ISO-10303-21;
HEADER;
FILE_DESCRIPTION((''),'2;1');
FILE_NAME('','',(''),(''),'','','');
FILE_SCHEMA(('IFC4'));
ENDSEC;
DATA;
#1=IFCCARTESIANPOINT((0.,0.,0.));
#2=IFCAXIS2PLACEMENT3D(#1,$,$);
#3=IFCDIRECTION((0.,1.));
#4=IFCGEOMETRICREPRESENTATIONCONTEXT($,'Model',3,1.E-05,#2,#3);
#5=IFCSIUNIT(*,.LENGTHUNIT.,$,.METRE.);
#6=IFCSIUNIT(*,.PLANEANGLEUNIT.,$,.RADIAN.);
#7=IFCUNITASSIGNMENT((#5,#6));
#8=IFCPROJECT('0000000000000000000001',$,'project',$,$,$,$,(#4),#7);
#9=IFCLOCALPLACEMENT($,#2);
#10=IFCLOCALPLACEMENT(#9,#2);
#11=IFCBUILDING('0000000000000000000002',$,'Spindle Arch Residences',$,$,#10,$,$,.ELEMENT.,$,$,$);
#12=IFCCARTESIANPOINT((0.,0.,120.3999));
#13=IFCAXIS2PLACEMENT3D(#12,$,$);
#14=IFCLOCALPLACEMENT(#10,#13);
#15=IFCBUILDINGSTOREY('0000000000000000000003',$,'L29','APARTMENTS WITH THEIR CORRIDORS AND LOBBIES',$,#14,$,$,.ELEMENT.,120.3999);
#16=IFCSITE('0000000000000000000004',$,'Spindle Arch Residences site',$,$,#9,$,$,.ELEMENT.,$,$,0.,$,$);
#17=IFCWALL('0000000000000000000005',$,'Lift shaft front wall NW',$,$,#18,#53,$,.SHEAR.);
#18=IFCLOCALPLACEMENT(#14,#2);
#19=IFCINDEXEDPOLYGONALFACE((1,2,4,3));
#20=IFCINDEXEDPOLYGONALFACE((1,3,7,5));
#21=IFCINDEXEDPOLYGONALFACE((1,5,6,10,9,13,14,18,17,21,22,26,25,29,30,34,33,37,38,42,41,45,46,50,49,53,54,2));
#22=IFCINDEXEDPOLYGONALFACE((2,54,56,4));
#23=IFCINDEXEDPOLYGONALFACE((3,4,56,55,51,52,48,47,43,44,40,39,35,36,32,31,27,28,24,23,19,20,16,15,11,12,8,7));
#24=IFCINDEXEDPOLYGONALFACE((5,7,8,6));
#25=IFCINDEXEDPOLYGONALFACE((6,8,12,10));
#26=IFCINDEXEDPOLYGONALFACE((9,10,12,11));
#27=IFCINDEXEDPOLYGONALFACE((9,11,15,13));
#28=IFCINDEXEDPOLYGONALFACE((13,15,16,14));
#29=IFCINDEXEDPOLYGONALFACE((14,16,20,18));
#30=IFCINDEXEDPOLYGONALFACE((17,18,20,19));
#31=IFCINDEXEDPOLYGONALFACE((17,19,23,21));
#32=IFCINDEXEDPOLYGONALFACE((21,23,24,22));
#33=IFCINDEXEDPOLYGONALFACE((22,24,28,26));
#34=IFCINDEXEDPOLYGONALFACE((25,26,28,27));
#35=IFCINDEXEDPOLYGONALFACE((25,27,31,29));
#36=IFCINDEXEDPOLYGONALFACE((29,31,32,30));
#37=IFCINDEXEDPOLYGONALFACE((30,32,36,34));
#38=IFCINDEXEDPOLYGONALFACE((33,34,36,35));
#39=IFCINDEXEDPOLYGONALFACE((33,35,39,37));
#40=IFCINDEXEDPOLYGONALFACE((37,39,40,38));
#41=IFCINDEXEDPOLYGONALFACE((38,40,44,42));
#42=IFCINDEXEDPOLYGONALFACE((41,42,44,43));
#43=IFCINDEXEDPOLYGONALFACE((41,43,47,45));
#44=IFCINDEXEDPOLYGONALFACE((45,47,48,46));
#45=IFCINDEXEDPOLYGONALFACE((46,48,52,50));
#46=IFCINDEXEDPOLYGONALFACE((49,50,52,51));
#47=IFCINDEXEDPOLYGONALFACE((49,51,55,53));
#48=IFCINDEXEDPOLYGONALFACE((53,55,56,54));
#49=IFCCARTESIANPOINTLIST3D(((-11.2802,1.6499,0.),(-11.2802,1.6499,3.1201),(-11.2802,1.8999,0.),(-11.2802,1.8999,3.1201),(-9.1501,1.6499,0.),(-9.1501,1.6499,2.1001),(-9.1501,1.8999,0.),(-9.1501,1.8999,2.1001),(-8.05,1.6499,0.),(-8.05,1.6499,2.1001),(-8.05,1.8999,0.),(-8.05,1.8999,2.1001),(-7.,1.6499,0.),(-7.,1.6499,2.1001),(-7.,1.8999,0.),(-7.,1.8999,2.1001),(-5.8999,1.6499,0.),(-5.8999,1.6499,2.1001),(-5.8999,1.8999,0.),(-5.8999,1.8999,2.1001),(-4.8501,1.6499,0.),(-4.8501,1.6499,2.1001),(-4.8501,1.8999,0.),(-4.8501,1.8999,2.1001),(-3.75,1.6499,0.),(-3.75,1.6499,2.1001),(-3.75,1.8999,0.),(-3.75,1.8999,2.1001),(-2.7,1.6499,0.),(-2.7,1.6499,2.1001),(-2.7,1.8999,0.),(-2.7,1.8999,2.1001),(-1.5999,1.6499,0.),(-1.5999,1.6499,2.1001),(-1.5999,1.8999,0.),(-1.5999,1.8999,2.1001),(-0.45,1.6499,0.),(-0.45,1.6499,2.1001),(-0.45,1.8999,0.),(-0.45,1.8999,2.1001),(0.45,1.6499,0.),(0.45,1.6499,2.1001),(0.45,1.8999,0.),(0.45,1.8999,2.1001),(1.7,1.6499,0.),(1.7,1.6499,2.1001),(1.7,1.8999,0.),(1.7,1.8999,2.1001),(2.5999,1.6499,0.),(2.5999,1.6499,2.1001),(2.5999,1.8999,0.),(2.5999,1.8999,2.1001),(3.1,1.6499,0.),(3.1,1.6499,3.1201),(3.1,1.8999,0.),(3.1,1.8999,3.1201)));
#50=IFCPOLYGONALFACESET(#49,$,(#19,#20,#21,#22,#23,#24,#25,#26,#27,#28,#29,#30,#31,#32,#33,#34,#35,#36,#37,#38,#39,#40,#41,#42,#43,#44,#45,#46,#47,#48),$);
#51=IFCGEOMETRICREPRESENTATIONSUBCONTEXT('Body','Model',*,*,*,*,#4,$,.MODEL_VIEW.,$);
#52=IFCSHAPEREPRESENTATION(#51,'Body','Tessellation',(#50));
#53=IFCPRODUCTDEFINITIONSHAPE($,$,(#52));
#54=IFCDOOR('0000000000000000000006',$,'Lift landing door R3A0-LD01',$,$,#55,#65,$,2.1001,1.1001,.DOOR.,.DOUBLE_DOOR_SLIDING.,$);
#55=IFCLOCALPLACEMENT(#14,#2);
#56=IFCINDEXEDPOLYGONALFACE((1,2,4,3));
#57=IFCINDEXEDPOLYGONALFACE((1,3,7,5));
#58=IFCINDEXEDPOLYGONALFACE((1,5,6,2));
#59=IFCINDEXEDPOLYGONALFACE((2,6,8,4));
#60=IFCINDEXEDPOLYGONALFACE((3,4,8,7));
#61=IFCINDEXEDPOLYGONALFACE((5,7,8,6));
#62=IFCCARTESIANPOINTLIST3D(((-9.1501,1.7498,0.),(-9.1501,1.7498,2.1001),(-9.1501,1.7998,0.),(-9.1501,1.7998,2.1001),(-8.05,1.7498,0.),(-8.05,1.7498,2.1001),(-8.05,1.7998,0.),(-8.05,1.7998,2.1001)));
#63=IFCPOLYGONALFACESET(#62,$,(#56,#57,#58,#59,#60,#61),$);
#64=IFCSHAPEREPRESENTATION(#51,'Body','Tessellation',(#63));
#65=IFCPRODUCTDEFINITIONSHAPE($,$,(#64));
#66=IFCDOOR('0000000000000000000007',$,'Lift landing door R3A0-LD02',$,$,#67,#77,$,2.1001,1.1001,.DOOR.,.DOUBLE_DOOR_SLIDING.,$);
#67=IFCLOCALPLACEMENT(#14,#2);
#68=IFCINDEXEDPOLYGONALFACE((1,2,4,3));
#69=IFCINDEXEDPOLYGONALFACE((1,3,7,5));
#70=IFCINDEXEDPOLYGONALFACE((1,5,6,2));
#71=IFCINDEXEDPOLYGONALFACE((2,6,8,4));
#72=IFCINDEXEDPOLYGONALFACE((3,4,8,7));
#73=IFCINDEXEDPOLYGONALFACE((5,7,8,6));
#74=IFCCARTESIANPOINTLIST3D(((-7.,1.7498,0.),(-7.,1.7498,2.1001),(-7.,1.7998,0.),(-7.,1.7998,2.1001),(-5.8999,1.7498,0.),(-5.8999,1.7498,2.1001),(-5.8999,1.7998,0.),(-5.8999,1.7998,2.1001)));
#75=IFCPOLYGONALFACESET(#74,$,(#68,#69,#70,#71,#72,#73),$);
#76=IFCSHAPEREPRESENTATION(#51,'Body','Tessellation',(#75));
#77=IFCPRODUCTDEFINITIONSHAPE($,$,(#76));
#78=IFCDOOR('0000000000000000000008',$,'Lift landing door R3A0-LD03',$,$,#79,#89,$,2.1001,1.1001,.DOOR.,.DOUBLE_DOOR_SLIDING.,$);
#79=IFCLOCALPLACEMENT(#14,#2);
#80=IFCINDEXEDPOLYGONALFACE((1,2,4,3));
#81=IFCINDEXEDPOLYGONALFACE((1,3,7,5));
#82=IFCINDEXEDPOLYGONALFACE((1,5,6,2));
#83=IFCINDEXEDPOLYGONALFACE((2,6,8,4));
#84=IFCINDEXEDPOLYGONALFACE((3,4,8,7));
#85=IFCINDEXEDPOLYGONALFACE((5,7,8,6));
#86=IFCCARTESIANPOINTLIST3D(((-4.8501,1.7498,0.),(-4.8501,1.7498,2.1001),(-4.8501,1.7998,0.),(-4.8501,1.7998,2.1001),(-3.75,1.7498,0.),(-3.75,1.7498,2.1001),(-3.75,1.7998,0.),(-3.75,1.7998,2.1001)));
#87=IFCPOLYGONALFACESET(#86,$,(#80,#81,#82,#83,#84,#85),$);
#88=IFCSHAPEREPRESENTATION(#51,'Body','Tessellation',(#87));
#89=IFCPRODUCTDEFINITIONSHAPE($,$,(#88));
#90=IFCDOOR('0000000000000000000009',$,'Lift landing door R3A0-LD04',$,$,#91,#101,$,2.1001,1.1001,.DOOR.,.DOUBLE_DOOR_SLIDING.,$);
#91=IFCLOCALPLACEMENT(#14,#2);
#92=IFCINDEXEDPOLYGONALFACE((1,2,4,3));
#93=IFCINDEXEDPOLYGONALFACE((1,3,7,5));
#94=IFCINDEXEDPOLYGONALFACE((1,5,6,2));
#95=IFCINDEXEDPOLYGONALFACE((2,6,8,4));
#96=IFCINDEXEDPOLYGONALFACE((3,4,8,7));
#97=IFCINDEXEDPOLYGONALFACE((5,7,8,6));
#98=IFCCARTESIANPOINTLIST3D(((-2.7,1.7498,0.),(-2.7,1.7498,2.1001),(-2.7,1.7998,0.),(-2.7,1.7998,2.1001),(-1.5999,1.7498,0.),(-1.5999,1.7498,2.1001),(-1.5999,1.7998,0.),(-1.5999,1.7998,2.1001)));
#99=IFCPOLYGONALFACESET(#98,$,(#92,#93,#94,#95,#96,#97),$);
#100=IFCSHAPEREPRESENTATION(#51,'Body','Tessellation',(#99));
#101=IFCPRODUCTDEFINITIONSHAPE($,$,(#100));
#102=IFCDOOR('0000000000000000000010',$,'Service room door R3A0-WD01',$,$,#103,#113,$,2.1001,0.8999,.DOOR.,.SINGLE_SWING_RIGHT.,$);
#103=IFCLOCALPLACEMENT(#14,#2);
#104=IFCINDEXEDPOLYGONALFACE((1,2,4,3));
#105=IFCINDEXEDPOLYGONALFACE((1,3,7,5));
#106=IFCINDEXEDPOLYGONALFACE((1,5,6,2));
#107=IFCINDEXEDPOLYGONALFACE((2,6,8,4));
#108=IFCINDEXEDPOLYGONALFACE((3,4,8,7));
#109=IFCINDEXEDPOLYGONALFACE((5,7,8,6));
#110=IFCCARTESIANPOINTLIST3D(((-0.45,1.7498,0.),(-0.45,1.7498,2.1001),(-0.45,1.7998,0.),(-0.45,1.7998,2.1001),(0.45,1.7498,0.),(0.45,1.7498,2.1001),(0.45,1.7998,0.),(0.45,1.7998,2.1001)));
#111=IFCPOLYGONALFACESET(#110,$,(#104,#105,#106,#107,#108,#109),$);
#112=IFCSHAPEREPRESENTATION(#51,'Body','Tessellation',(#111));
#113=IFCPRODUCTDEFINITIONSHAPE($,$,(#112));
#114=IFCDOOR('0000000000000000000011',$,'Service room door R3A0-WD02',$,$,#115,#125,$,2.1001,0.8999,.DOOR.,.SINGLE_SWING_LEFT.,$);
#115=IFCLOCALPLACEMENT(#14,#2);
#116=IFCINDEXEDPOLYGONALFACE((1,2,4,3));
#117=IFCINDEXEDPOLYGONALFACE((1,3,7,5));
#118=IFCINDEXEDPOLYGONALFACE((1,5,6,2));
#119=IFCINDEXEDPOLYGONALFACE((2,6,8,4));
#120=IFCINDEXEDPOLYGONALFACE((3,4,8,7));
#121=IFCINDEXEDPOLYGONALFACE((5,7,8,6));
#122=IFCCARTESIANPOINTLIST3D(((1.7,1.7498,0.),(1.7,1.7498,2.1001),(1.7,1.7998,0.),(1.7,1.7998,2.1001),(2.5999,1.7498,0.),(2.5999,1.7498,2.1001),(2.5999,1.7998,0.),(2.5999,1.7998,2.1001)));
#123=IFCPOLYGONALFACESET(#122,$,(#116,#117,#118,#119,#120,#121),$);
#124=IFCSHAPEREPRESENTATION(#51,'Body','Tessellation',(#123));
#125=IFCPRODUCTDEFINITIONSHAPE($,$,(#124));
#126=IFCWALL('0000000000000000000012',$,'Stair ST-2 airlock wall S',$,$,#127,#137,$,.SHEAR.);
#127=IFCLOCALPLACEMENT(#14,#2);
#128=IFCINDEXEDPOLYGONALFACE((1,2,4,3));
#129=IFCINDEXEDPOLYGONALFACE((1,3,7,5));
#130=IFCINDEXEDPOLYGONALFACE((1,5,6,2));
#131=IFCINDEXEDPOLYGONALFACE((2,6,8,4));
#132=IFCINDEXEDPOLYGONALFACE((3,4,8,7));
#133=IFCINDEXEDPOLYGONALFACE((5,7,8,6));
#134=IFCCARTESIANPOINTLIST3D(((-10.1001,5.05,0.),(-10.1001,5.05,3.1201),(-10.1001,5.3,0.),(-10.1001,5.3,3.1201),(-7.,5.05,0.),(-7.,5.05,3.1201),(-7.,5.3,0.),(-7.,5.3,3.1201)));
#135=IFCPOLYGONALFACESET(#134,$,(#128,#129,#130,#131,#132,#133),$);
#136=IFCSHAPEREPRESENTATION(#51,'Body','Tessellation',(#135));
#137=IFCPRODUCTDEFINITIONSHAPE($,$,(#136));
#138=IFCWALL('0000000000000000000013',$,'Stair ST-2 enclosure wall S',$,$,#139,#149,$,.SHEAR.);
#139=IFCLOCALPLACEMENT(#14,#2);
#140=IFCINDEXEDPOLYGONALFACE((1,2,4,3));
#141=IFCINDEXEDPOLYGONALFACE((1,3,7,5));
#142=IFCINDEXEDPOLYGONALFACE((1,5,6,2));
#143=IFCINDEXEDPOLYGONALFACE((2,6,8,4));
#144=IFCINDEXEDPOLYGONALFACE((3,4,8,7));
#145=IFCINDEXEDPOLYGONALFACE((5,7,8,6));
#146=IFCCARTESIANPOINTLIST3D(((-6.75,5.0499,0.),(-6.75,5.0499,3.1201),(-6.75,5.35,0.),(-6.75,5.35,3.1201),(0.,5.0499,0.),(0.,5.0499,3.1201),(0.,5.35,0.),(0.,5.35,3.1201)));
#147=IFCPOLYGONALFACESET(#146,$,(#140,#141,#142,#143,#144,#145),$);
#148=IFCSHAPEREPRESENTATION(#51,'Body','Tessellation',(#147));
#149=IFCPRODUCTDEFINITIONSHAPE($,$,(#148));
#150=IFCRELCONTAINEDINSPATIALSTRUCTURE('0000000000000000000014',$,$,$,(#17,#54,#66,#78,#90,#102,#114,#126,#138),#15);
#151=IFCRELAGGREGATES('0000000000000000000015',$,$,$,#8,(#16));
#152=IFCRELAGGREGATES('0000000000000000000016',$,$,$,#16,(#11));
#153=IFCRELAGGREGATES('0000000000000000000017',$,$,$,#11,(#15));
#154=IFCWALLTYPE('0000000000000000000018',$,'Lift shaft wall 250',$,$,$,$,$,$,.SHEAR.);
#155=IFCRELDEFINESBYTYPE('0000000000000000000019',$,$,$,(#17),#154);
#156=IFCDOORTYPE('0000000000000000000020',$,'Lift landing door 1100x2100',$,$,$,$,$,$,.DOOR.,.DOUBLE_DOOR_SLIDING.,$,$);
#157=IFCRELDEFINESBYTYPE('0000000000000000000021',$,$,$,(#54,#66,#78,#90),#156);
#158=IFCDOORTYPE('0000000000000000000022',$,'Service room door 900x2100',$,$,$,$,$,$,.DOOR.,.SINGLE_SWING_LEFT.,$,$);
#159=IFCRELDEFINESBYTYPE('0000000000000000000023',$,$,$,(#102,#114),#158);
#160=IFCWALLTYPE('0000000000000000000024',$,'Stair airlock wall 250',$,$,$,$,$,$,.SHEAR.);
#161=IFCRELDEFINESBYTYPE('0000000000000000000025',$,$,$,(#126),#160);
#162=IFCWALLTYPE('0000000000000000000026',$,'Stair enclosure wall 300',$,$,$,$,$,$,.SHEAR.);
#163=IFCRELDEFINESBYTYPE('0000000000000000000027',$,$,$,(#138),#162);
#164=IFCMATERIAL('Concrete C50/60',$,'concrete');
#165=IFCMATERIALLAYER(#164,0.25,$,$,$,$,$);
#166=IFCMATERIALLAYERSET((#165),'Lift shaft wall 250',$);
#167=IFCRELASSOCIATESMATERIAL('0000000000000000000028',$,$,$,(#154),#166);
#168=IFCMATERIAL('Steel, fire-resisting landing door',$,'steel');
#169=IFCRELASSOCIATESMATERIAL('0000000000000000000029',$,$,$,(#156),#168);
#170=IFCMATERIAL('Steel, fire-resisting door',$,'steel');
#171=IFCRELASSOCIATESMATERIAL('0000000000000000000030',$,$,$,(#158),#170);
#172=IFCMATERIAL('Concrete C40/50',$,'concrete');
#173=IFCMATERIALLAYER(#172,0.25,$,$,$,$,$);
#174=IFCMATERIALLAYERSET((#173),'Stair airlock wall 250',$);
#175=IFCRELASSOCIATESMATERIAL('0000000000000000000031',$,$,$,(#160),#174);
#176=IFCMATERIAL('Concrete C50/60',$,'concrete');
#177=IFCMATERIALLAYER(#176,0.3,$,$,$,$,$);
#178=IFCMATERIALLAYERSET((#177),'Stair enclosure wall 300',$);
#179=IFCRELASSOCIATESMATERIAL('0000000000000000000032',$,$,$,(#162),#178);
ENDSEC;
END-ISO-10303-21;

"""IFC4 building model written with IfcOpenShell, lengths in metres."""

from ifc_helpers import new_model, si_unit, direction, frame, frame_2d, origin, place, context, subcontext, project, spatial, rectangle, extrude, material, layer, layer_set, type_object, element, fill, save


model = new_model("IFC4")

# Units and contexts
model_context = context("Model", 3, precision=1e-05, world=origin(), true_north=direction((0.0, 1.0)))
body_context = subcontext(model_context, "Body", "Model", "MODEL_VIEW")
ifc_project = project(units=[si_unit("LENGTHUNIT", "METRE"), si_unit("PLANEANGLEUNIT", "RADIAN")], contexts=[model_context])

# Site, building, storey
site_placement = place(None, origin())
site = spatial("IfcSite", under=ifc_project, at=site_placement, Name="Spindle Arch Residences site", CompositionType="ELEMENT", RefElevation=0.0)
building_placement = place(site_placement, origin())
building = spatial("IfcBuilding", under=site, at=building_placement, Name="Spindle Arch Residences", CompositionType="ELEMENT")
storey_placement = place(building_placement, frame((0.0, 0.0, 120.3999)))
storey = spatial("IfcBuildingStorey", under=building, at=storey_placement, Name="L29", Description="APARTMENTS WITH THEIR CORRIDORS AND LOBBIES", CompositionType="ELEMENT", Elevation=120.3999)

# Wall, openings, doors
ifc_material_1 = material(Name="Concrete C50/60", Category="concrete")
ifc_layer_1 = layer(ifc_material_1, 0.25)
ifc_layer_set_1 = layer_set([ifc_layer_1], Name="Lift shaft wall 250")
wall_type_1 = type_object("IfcWallType", Name="Lift shaft wall 250", PredefinedType="SHEAR", material=ifc_layer_set_1)
wall_1_placement = place(storey_placement, frame((-11.28, 1.7749, 0.0), z_axis=(0.0, 0.0, 1.0), x_axis=(1.0, 0.0, 0.0)))
wall_1 = element("IfcWall", 1, at=wall_1_placement, inside=storey, type_object=wall_type_1, Name="Lift shaft front wall NW", PredefinedType="SHEAR", context=body_context, shape_type="SweptSolid", body=[
    extrude(rectangle(XDim=14.3801, YDim=0.25, at=frame_2d((7.1899, 0.0))), origin(), (0.0, 0.0, 1.0), 3.1201),
])
opening_1_placement = place(wall_1_placement, frame((2.1299, 0.0, 0.0)))
opening_1 = element("IfcOpeningElement", 2, at=opening_1_placement, cuts=wall_1, PredefinedType="OPENING", context=body_context, shape_type="SweptSolid", body=[
    extrude(rectangle(XDim=1.1001, YDim=2.1001, at=frame_2d((0.55, 1.05))), frame((0.0, 0.135, 0.0), z_axis=(0.0, -1.0, 0.0), x_axis=(1.0, 0.0, 0.0)), (0.0, 0.0, 1.0), 0.27),
])
opening_2_placement = place(wall_1_placement, frame((4.28, 0.0, 0.0)))
opening_2 = element("IfcOpeningElement", 3, at=opening_2_placement, cuts=wall_1, PredefinedType="OPENING", context=body_context, shape_type="SweptSolid", body=[
    extrude(rectangle(XDim=1.1001, YDim=2.1001, at=frame_2d((0.55, 1.05))), frame((0.0, 0.135, 0.0), z_axis=(0.0, -1.0, 0.0), x_axis=(1.0, 0.0, 0.0)), (0.0, 0.0, 1.0), 0.27),
])
opening_3_placement = place(wall_1_placement, frame((6.4299, 0.0, 0.0)))
opening_3 = element("IfcOpeningElement", 4, at=opening_3_placement, cuts=wall_1, PredefinedType="OPENING", context=body_context, shape_type="SweptSolid", body=[
    extrude(rectangle(XDim=1.1001, YDim=2.1001, at=frame_2d((0.55, 1.05))), frame((0.0, 0.135, 0.0), z_axis=(0.0, -1.0, 0.0), x_axis=(1.0, 0.0, 0.0)), (0.0, 0.0, 1.0), 0.27),
])
opening_4_placement = place(wall_1_placement, frame((8.5801, 0.0, 0.0)))
opening_4 = element("IfcOpeningElement", 5, at=opening_4_placement, cuts=wall_1, PredefinedType="OPENING", context=body_context, shape_type="SweptSolid", body=[
    extrude(rectangle(XDim=1.1001, YDim=2.1001, at=frame_2d((0.55, 1.05))), frame((0.0, 0.135, 0.0), z_axis=(0.0, -1.0, 0.0), x_axis=(1.0, 0.0, 0.0)), (0.0, 0.0, 1.0), 0.27),
])
opening_5_placement = place(wall_1_placement, frame((10.8301, 0.0, 0.0)))
opening_5 = element("IfcOpeningElement", 6, at=opening_5_placement, cuts=wall_1, PredefinedType="OPENING", context=body_context, shape_type="SweptSolid", body=[
    extrude(rectangle(XDim=0.8999, YDim=2.1001, at=frame_2d((0.45, 1.05))), frame((0.0, 0.135, 0.0), z_axis=(0.0, -1.0, 0.0), x_axis=(1.0, 0.0, 0.0)), (0.0, 0.0, 1.0), 0.27),
])
opening_6_placement = place(wall_1_placement, frame((12.98, 0.0, 0.0)))
opening_6 = element("IfcOpeningElement", 7, at=opening_6_placement, cuts=wall_1, PredefinedType="OPENING", context=body_context, shape_type="SweptSolid", body=[
    extrude(rectangle(XDim=0.8999, YDim=2.1001, at=frame_2d((0.45, 1.05))), frame((0.0, 0.135, 0.0), z_axis=(0.0, -1.0, 0.0), x_axis=(1.0, 0.0, 0.0)), (0.0, 0.0, 1.0), 0.27),
])
ifc_material_2 = material(Name="Steel, fire-resisting landing door", Category="steel")
door_type_1 = type_object("IfcDoorType", Name="Lift landing door 1100x2100", OperationType="DOUBLE_DOOR_SLIDING", PredefinedType="DOOR", material=ifc_material_2)
door_1_placement = place(opening_1_placement, origin())
door_1 = element("IfcDoor", 8, at=door_1_placement, inside=storey, type_object=door_type_1, Name="Lift landing door R3A0-LD01", OperationType="DOUBLE_DOOR_SLIDING", OverallHeight=2.1001, OverallWidth=1.1001, PredefinedType="DOOR", context=body_context, shape_type="SweptSolid", body=[
    extrude(rectangle(XDim=1.1001, YDim=2.1001, at=frame_2d((0.55, 1.05))), frame((0.0, 0.0249, 0.0), z_axis=(0.0, -1.0, 0.0), x_axis=(1.0, 0.0, 0.0)), (0.0, 0.0, 1.0), 0.05),
])
fill(opening_1, door_1)
door_2_placement = place(opening_2_placement, origin())
door_2 = element("IfcDoor", 9, at=door_2_placement, inside=storey, type_object=door_type_1, Name="Lift landing door R3A0-LD02", OperationType="DOUBLE_DOOR_SLIDING", OverallHeight=2.1001, OverallWidth=1.1001, PredefinedType="DOOR", context=body_context, shape_type="SweptSolid", body=[
    extrude(rectangle(XDim=1.1001, YDim=2.1001, at=frame_2d((0.55, 1.05))), frame((0.0, 0.0249, 0.0), z_axis=(0.0, -1.0, 0.0), x_axis=(1.0, 0.0, 0.0)), (0.0, 0.0, 1.0), 0.05),
])
fill(opening_2, door_2)
door_3_placement = place(opening_3_placement, origin())
door_3 = element("IfcDoor", 10, at=door_3_placement, inside=storey, type_object=door_type_1, Name="Lift landing door R3A0-LD03", OperationType="DOUBLE_DOOR_SLIDING", OverallHeight=2.1001, OverallWidth=1.1001, PredefinedType="DOOR", context=body_context, shape_type="SweptSolid", body=[
    extrude(rectangle(XDim=1.1001, YDim=2.1001, at=frame_2d((0.55, 1.05))), frame((0.0, 0.0249, 0.0), z_axis=(0.0, -1.0, 0.0), x_axis=(1.0, 0.0, 0.0)), (0.0, 0.0, 1.0), 0.05),
])
fill(opening_3, door_3)
door_4_placement = place(opening_4_placement, origin())
door_4 = element("IfcDoor", 11, at=door_4_placement, inside=storey, type_object=door_type_1, Name="Lift landing door R3A0-LD04", OperationType="DOUBLE_DOOR_SLIDING", OverallHeight=2.1001, OverallWidth=1.1001, PredefinedType="DOOR", context=body_context, shape_type="SweptSolid", body=[
    extrude(rectangle(XDim=1.1001, YDim=2.1001, at=frame_2d((0.55, 1.05))), frame((0.0, 0.0249, 0.0), z_axis=(0.0, -1.0, 0.0), x_axis=(1.0, 0.0, 0.0)), (0.0, 0.0, 1.0), 0.05),
])
fill(opening_4, door_4)
ifc_material_3 = material(Name="Steel, fire-resisting door", Category="steel")
door_type_2 = type_object("IfcDoorType", Name="Service room door 900x2100", OperationType="SINGLE_SWING_LEFT", PredefinedType="DOOR", material=ifc_material_3)
door_5_placement = place(opening_5_placement, origin())
door_5 = element("IfcDoor", 12, at=door_5_placement, inside=storey, type_object=door_type_2, Name="Service room door R3A0-WD01", OperationType="SINGLE_SWING_RIGHT", OverallHeight=2.1001, OverallWidth=0.8999, PredefinedType="DOOR", context=body_context, shape_type="SweptSolid", body=[
    extrude(rectangle(XDim=0.8999, YDim=2.1001, at=frame_2d((0.45, 1.05))), frame((0.0, 0.0249, 0.0), z_axis=(0.0, -1.0, 0.0), x_axis=(1.0, 0.0, 0.0)), (0.0, 0.0, 1.0), 0.05),
])
fill(opening_5, door_5)
door_6_placement = place(opening_6_placement, origin())
door_6 = element("IfcDoor", 13, at=door_6_placement, inside=storey, type_object=door_type_2, Name="Service room door R3A0-WD02", OperationType="SINGLE_SWING_LEFT", OverallHeight=2.1001, OverallWidth=0.8999, PredefinedType="DOOR", context=body_context, shape_type="SweptSolid", body=[
    extrude(rectangle(XDim=0.8999, YDim=2.1001, at=frame_2d((0.45, 1.05))), frame((0.0, 0.0249, 0.0), z_axis=(0.0, -1.0, 0.0), x_axis=(1.0, 0.0, 0.0)), (0.0, 0.0, 1.0), 0.05),
])
fill(opening_6, door_6)

# Walls
ifc_material_4 = material(Name="Concrete C40/50", Category="concrete")
ifc_layer_2 = layer(ifc_material_4, 0.25)
ifc_layer_set_2 = layer_set([ifc_layer_2], Name="Stair airlock wall 250")
wall_type_2 = type_object("IfcWallType", Name="Stair airlock wall 250", PredefinedType="SHEAR", material=ifc_layer_set_2)
wall_2_placement = place(storey_placement, frame((-7.0, 5.175, 0.0), z_axis=(0.0, 0.0, 1.0), x_axis=(-1.0, 0.0, 0.0)))
element("IfcWall", 14, at=wall_2_placement, inside=storey, type_object=wall_type_2, Name="Stair ST-2 airlock wall S", PredefinedType="SHEAR", context=body_context, shape_type="SweptSolid", body=[
    extrude(rectangle(XDim=3.1001, YDim=0.25, at=frame_2d((1.55, 0.0))), origin(), (0.0, 0.0, 1.0), 3.1201),
])
ifc_material_5 = material(Name="Concrete C50/60", Category="concrete")
ifc_layer_3 = layer(ifc_material_5, 0.3)
ifc_layer_set_3 = layer_set([ifc_layer_3], Name="Stair enclosure wall 300")
wall_type_3 = type_object("IfcWallType", Name="Stair enclosure wall 300", PredefinedType="SHEAR", material=ifc_layer_set_3)
wall_3_placement = place(storey_placement, frame((-6.75, 5.2, 0.0), z_axis=(0.0, 0.0, 1.0), x_axis=(1.0, 0.0, 0.0)))
element("IfcWall", 15, at=wall_3_placement, inside=storey, type_object=wall_type_3, Name="Stair ST-2 enclosure wall S", PredefinedType="SHEAR", context=body_context, shape_type="SweptSolid", body=[
    extrude(rectangle(XDim=6.75, YDim=0.3, at=frame_2d((3.375, 0.0))), origin(), (0.0, 0.0, 1.0), 3.1201),
])

save(model, "model.ifc")
